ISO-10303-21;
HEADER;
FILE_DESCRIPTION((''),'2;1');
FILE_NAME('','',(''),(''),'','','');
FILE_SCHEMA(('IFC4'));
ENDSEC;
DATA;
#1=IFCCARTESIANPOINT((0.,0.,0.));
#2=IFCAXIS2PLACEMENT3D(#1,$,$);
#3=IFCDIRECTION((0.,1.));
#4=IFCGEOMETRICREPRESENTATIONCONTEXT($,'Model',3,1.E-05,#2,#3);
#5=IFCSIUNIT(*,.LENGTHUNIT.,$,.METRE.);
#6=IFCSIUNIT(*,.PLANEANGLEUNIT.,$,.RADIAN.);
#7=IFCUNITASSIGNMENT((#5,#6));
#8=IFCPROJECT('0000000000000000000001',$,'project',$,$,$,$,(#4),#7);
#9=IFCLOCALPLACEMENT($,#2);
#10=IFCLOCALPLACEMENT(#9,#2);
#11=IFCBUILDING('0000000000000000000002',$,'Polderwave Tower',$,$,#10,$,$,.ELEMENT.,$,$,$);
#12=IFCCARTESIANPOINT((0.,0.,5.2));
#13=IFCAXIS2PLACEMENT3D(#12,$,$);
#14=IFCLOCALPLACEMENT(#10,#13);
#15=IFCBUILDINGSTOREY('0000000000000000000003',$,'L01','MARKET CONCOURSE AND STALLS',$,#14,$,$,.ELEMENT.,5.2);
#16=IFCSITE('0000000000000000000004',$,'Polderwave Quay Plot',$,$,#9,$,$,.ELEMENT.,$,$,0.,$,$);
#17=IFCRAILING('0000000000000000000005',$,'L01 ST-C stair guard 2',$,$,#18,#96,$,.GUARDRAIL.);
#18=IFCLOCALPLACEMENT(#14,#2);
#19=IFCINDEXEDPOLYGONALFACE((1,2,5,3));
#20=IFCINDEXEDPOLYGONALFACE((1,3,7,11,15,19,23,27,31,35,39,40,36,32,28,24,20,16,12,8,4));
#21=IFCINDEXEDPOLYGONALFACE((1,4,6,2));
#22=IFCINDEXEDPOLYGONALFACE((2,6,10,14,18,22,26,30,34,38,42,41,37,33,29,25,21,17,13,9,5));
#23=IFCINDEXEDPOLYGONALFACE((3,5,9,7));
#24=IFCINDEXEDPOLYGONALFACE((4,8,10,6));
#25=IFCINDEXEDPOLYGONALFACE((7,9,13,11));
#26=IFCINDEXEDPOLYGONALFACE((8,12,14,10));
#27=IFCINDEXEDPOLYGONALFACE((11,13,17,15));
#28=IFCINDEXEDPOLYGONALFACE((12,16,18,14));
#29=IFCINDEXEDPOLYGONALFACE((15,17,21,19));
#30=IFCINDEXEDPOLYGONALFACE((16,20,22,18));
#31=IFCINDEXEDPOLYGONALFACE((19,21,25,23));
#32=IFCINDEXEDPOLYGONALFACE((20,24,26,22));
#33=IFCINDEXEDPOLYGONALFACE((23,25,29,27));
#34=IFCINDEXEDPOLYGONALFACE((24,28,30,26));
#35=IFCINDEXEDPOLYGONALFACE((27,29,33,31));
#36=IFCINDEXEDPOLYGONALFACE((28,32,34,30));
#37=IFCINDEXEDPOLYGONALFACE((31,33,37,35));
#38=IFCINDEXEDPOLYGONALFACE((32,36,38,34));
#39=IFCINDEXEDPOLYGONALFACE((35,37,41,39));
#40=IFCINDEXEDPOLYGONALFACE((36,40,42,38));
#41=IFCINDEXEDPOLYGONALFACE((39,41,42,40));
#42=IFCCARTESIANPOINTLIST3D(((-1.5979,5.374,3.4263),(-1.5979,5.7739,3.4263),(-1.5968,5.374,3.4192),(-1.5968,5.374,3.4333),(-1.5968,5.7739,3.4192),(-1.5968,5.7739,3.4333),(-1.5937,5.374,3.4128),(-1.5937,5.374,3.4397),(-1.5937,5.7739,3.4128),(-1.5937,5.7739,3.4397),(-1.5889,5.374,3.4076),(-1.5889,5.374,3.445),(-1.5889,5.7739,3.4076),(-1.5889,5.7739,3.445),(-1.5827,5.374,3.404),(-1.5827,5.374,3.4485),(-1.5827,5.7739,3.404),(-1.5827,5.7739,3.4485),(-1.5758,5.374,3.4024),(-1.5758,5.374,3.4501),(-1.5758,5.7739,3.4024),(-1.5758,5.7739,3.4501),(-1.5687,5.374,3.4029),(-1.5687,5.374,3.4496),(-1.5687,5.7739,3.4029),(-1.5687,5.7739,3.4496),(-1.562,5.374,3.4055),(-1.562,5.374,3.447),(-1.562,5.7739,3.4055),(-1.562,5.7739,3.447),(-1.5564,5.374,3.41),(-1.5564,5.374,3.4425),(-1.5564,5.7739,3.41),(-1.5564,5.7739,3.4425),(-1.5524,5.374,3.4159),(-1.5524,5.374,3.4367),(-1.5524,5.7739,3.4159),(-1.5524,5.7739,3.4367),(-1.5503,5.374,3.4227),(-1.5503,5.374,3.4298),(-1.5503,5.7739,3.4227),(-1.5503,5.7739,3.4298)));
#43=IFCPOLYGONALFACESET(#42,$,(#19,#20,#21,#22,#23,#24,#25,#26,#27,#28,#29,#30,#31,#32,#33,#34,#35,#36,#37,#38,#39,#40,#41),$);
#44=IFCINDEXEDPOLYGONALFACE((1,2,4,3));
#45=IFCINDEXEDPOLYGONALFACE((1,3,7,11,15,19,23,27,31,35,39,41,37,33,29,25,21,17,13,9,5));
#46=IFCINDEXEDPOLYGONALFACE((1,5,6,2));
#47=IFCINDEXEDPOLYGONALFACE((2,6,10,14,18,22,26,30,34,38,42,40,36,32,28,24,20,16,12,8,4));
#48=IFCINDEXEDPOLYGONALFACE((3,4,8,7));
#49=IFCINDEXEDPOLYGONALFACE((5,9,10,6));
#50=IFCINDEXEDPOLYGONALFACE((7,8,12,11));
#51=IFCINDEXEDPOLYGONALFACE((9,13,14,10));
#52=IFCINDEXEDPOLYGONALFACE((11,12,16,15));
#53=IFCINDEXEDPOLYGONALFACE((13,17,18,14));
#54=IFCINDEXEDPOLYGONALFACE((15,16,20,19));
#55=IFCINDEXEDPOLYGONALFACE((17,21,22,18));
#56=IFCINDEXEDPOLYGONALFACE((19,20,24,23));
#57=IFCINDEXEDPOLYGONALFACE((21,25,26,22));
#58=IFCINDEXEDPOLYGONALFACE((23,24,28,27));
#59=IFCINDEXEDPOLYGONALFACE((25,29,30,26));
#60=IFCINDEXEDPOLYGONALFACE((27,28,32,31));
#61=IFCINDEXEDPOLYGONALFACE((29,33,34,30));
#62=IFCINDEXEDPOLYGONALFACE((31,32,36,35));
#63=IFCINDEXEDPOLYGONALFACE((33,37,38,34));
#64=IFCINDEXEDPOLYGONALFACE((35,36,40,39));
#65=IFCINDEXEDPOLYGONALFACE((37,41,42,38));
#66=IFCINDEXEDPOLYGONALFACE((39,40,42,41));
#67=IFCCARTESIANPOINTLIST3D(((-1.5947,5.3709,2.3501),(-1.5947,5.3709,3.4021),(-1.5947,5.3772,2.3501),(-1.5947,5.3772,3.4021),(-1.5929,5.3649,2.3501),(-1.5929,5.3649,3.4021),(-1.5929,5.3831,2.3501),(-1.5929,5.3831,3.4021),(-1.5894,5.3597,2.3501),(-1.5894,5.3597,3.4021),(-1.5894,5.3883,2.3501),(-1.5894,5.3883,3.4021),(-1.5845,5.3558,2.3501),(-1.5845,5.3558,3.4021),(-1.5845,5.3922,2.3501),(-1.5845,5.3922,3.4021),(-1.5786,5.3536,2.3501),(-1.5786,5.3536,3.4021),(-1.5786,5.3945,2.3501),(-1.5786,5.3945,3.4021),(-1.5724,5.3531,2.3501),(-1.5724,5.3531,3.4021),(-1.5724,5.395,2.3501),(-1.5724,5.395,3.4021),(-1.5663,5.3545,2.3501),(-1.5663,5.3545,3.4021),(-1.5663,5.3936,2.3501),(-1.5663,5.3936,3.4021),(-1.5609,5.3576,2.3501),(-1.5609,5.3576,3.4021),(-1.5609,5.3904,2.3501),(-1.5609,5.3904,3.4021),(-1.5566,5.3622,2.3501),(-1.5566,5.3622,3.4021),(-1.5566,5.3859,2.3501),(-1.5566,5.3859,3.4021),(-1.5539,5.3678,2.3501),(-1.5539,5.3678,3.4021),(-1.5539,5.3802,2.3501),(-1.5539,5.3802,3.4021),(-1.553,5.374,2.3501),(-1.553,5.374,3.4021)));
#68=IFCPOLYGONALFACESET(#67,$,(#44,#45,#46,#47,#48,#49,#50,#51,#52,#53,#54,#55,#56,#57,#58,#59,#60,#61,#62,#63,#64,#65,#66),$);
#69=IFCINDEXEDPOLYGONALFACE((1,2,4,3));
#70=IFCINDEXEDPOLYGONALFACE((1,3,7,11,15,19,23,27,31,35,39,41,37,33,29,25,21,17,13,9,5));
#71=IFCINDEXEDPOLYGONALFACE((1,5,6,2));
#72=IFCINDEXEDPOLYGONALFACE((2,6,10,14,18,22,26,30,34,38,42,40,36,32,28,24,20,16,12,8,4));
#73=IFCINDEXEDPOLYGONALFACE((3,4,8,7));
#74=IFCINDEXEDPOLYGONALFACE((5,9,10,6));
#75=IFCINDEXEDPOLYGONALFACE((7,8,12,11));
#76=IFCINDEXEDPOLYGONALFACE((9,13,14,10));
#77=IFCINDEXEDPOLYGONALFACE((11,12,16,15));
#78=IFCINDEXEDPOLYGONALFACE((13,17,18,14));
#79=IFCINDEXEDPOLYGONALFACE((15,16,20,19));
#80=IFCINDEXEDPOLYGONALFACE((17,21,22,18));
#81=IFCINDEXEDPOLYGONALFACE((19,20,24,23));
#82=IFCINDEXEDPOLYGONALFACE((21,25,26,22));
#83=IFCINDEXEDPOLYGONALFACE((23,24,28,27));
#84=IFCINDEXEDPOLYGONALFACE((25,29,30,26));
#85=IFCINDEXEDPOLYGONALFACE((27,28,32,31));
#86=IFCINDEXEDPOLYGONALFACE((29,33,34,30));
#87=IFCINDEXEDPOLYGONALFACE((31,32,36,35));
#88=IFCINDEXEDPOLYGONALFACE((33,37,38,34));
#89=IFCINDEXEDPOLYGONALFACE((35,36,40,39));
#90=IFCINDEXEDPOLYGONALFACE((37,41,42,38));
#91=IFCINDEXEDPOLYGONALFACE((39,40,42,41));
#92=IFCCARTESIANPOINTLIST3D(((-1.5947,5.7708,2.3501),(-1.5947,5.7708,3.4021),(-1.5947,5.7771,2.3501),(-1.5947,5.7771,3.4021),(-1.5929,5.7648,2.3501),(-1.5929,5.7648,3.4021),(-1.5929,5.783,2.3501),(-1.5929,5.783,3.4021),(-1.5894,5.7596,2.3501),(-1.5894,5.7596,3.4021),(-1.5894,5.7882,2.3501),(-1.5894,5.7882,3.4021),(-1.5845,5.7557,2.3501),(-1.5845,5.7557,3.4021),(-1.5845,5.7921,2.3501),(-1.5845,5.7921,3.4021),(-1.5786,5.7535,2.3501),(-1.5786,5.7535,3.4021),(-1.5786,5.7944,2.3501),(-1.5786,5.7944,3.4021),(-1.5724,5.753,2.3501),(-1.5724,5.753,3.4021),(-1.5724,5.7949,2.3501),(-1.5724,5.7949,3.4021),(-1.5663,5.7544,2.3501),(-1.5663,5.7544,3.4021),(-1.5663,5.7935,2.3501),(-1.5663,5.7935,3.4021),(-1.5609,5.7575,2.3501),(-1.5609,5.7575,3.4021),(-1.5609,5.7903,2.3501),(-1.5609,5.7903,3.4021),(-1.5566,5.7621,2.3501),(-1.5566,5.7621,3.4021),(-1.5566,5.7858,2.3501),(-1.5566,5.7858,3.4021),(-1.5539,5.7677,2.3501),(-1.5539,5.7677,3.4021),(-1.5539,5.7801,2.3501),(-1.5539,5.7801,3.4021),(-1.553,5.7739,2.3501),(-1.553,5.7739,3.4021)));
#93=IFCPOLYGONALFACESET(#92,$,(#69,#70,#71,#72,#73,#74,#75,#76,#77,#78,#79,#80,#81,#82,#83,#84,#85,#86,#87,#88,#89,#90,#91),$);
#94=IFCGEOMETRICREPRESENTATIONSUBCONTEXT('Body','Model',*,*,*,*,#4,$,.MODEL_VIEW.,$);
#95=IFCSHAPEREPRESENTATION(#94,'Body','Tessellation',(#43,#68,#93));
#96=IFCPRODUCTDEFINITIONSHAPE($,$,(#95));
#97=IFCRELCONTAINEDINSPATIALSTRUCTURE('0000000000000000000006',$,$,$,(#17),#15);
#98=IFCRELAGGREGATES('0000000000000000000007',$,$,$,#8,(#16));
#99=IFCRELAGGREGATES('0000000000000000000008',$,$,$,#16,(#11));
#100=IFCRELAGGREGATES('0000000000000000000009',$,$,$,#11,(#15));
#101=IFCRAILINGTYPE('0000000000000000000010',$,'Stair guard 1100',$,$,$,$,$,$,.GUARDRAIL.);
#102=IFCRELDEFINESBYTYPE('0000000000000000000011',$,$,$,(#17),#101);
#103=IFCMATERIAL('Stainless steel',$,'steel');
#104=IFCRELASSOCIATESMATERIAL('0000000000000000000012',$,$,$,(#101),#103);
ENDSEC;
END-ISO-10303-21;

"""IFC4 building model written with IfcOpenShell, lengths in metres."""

from ifc_helpers import new_model, si_unit, direction, frame, origin, origin_2d, place, context, subcontext, project, spatial, circle, extrude, material, type_object, element, save


model = new_model("IFC4")

# Units and contexts
model_context = context("Model", 3, precision=1e-05, world=origin(), true_north=direction((0.0, 1.0)))
body_context = subcontext(model_context, "Body", "Model", "MODEL_VIEW")
ifc_project = project(units=[si_unit("LENGTHUNIT", "METRE"), si_unit("PLANEANGLEUNIT", "RADIAN")], contexts=[model_context])

# Site, building, storey
site_placement = place(None, origin())
site = spatial("IfcSite", under=ifc_project, at=site_placement, Name="Polderwave Quay Plot", CompositionType="ELEMENT", RefElevation=0.0)
building_placement = place(site_placement, origin())
building = spatial("IfcBuilding", under=site, at=building_placement, Name="Polderwave Tower", CompositionType="ELEMENT")
storey_placement = place(building_placement, frame((0.0, 0.0, 5.2)))
storey = spatial("IfcBuildingStorey", under=building, at=storey_placement, Name="L01", Description="MARKET CONCOURSE AND STALLS", CompositionType="ELEMENT", Elevation=5.2)

# Railing
ifc_material_1 = material(Name="Stainless steel", Category="steel")
railing_type_1 = type_object("IfcRailingType", Name="Stair guard 1100", PredefinedType="GUARDRAIL", material=ifc_material_1)
railing_1_placement = place(storey_placement, frame((-1.574, 5.374, 2.3501)))
element("IfcRailing", 1, at=railing_1_placement, inside=storey, type_object=railing_type_1, Name="L01 ST-C stair guard 2", PredefinedType="GUARDRAIL", context=body_context, shape_type="SweptSolid", body=[
    extrude(circle(Radius=0.0239, at=origin_2d()), frame((0.0, 0.0, 1.0762), z_axis=(0.0, 1.0, 0.0), x_axis=(-1.0, 0.0, 0.0)), (0.0, 0.0, 1.0), 0.3999),
    extrude(circle(Radius=0.021, at=origin_2d()), origin(), (0.0, 0.0, 1.0), 1.052),
    extrude(circle(Radius=0.021, at=origin_2d()), frame((0.0, 0.3999, 0.0)), (0.0, 0.0, 1.0), 1.052),
])

save(model, "model.ifc")
